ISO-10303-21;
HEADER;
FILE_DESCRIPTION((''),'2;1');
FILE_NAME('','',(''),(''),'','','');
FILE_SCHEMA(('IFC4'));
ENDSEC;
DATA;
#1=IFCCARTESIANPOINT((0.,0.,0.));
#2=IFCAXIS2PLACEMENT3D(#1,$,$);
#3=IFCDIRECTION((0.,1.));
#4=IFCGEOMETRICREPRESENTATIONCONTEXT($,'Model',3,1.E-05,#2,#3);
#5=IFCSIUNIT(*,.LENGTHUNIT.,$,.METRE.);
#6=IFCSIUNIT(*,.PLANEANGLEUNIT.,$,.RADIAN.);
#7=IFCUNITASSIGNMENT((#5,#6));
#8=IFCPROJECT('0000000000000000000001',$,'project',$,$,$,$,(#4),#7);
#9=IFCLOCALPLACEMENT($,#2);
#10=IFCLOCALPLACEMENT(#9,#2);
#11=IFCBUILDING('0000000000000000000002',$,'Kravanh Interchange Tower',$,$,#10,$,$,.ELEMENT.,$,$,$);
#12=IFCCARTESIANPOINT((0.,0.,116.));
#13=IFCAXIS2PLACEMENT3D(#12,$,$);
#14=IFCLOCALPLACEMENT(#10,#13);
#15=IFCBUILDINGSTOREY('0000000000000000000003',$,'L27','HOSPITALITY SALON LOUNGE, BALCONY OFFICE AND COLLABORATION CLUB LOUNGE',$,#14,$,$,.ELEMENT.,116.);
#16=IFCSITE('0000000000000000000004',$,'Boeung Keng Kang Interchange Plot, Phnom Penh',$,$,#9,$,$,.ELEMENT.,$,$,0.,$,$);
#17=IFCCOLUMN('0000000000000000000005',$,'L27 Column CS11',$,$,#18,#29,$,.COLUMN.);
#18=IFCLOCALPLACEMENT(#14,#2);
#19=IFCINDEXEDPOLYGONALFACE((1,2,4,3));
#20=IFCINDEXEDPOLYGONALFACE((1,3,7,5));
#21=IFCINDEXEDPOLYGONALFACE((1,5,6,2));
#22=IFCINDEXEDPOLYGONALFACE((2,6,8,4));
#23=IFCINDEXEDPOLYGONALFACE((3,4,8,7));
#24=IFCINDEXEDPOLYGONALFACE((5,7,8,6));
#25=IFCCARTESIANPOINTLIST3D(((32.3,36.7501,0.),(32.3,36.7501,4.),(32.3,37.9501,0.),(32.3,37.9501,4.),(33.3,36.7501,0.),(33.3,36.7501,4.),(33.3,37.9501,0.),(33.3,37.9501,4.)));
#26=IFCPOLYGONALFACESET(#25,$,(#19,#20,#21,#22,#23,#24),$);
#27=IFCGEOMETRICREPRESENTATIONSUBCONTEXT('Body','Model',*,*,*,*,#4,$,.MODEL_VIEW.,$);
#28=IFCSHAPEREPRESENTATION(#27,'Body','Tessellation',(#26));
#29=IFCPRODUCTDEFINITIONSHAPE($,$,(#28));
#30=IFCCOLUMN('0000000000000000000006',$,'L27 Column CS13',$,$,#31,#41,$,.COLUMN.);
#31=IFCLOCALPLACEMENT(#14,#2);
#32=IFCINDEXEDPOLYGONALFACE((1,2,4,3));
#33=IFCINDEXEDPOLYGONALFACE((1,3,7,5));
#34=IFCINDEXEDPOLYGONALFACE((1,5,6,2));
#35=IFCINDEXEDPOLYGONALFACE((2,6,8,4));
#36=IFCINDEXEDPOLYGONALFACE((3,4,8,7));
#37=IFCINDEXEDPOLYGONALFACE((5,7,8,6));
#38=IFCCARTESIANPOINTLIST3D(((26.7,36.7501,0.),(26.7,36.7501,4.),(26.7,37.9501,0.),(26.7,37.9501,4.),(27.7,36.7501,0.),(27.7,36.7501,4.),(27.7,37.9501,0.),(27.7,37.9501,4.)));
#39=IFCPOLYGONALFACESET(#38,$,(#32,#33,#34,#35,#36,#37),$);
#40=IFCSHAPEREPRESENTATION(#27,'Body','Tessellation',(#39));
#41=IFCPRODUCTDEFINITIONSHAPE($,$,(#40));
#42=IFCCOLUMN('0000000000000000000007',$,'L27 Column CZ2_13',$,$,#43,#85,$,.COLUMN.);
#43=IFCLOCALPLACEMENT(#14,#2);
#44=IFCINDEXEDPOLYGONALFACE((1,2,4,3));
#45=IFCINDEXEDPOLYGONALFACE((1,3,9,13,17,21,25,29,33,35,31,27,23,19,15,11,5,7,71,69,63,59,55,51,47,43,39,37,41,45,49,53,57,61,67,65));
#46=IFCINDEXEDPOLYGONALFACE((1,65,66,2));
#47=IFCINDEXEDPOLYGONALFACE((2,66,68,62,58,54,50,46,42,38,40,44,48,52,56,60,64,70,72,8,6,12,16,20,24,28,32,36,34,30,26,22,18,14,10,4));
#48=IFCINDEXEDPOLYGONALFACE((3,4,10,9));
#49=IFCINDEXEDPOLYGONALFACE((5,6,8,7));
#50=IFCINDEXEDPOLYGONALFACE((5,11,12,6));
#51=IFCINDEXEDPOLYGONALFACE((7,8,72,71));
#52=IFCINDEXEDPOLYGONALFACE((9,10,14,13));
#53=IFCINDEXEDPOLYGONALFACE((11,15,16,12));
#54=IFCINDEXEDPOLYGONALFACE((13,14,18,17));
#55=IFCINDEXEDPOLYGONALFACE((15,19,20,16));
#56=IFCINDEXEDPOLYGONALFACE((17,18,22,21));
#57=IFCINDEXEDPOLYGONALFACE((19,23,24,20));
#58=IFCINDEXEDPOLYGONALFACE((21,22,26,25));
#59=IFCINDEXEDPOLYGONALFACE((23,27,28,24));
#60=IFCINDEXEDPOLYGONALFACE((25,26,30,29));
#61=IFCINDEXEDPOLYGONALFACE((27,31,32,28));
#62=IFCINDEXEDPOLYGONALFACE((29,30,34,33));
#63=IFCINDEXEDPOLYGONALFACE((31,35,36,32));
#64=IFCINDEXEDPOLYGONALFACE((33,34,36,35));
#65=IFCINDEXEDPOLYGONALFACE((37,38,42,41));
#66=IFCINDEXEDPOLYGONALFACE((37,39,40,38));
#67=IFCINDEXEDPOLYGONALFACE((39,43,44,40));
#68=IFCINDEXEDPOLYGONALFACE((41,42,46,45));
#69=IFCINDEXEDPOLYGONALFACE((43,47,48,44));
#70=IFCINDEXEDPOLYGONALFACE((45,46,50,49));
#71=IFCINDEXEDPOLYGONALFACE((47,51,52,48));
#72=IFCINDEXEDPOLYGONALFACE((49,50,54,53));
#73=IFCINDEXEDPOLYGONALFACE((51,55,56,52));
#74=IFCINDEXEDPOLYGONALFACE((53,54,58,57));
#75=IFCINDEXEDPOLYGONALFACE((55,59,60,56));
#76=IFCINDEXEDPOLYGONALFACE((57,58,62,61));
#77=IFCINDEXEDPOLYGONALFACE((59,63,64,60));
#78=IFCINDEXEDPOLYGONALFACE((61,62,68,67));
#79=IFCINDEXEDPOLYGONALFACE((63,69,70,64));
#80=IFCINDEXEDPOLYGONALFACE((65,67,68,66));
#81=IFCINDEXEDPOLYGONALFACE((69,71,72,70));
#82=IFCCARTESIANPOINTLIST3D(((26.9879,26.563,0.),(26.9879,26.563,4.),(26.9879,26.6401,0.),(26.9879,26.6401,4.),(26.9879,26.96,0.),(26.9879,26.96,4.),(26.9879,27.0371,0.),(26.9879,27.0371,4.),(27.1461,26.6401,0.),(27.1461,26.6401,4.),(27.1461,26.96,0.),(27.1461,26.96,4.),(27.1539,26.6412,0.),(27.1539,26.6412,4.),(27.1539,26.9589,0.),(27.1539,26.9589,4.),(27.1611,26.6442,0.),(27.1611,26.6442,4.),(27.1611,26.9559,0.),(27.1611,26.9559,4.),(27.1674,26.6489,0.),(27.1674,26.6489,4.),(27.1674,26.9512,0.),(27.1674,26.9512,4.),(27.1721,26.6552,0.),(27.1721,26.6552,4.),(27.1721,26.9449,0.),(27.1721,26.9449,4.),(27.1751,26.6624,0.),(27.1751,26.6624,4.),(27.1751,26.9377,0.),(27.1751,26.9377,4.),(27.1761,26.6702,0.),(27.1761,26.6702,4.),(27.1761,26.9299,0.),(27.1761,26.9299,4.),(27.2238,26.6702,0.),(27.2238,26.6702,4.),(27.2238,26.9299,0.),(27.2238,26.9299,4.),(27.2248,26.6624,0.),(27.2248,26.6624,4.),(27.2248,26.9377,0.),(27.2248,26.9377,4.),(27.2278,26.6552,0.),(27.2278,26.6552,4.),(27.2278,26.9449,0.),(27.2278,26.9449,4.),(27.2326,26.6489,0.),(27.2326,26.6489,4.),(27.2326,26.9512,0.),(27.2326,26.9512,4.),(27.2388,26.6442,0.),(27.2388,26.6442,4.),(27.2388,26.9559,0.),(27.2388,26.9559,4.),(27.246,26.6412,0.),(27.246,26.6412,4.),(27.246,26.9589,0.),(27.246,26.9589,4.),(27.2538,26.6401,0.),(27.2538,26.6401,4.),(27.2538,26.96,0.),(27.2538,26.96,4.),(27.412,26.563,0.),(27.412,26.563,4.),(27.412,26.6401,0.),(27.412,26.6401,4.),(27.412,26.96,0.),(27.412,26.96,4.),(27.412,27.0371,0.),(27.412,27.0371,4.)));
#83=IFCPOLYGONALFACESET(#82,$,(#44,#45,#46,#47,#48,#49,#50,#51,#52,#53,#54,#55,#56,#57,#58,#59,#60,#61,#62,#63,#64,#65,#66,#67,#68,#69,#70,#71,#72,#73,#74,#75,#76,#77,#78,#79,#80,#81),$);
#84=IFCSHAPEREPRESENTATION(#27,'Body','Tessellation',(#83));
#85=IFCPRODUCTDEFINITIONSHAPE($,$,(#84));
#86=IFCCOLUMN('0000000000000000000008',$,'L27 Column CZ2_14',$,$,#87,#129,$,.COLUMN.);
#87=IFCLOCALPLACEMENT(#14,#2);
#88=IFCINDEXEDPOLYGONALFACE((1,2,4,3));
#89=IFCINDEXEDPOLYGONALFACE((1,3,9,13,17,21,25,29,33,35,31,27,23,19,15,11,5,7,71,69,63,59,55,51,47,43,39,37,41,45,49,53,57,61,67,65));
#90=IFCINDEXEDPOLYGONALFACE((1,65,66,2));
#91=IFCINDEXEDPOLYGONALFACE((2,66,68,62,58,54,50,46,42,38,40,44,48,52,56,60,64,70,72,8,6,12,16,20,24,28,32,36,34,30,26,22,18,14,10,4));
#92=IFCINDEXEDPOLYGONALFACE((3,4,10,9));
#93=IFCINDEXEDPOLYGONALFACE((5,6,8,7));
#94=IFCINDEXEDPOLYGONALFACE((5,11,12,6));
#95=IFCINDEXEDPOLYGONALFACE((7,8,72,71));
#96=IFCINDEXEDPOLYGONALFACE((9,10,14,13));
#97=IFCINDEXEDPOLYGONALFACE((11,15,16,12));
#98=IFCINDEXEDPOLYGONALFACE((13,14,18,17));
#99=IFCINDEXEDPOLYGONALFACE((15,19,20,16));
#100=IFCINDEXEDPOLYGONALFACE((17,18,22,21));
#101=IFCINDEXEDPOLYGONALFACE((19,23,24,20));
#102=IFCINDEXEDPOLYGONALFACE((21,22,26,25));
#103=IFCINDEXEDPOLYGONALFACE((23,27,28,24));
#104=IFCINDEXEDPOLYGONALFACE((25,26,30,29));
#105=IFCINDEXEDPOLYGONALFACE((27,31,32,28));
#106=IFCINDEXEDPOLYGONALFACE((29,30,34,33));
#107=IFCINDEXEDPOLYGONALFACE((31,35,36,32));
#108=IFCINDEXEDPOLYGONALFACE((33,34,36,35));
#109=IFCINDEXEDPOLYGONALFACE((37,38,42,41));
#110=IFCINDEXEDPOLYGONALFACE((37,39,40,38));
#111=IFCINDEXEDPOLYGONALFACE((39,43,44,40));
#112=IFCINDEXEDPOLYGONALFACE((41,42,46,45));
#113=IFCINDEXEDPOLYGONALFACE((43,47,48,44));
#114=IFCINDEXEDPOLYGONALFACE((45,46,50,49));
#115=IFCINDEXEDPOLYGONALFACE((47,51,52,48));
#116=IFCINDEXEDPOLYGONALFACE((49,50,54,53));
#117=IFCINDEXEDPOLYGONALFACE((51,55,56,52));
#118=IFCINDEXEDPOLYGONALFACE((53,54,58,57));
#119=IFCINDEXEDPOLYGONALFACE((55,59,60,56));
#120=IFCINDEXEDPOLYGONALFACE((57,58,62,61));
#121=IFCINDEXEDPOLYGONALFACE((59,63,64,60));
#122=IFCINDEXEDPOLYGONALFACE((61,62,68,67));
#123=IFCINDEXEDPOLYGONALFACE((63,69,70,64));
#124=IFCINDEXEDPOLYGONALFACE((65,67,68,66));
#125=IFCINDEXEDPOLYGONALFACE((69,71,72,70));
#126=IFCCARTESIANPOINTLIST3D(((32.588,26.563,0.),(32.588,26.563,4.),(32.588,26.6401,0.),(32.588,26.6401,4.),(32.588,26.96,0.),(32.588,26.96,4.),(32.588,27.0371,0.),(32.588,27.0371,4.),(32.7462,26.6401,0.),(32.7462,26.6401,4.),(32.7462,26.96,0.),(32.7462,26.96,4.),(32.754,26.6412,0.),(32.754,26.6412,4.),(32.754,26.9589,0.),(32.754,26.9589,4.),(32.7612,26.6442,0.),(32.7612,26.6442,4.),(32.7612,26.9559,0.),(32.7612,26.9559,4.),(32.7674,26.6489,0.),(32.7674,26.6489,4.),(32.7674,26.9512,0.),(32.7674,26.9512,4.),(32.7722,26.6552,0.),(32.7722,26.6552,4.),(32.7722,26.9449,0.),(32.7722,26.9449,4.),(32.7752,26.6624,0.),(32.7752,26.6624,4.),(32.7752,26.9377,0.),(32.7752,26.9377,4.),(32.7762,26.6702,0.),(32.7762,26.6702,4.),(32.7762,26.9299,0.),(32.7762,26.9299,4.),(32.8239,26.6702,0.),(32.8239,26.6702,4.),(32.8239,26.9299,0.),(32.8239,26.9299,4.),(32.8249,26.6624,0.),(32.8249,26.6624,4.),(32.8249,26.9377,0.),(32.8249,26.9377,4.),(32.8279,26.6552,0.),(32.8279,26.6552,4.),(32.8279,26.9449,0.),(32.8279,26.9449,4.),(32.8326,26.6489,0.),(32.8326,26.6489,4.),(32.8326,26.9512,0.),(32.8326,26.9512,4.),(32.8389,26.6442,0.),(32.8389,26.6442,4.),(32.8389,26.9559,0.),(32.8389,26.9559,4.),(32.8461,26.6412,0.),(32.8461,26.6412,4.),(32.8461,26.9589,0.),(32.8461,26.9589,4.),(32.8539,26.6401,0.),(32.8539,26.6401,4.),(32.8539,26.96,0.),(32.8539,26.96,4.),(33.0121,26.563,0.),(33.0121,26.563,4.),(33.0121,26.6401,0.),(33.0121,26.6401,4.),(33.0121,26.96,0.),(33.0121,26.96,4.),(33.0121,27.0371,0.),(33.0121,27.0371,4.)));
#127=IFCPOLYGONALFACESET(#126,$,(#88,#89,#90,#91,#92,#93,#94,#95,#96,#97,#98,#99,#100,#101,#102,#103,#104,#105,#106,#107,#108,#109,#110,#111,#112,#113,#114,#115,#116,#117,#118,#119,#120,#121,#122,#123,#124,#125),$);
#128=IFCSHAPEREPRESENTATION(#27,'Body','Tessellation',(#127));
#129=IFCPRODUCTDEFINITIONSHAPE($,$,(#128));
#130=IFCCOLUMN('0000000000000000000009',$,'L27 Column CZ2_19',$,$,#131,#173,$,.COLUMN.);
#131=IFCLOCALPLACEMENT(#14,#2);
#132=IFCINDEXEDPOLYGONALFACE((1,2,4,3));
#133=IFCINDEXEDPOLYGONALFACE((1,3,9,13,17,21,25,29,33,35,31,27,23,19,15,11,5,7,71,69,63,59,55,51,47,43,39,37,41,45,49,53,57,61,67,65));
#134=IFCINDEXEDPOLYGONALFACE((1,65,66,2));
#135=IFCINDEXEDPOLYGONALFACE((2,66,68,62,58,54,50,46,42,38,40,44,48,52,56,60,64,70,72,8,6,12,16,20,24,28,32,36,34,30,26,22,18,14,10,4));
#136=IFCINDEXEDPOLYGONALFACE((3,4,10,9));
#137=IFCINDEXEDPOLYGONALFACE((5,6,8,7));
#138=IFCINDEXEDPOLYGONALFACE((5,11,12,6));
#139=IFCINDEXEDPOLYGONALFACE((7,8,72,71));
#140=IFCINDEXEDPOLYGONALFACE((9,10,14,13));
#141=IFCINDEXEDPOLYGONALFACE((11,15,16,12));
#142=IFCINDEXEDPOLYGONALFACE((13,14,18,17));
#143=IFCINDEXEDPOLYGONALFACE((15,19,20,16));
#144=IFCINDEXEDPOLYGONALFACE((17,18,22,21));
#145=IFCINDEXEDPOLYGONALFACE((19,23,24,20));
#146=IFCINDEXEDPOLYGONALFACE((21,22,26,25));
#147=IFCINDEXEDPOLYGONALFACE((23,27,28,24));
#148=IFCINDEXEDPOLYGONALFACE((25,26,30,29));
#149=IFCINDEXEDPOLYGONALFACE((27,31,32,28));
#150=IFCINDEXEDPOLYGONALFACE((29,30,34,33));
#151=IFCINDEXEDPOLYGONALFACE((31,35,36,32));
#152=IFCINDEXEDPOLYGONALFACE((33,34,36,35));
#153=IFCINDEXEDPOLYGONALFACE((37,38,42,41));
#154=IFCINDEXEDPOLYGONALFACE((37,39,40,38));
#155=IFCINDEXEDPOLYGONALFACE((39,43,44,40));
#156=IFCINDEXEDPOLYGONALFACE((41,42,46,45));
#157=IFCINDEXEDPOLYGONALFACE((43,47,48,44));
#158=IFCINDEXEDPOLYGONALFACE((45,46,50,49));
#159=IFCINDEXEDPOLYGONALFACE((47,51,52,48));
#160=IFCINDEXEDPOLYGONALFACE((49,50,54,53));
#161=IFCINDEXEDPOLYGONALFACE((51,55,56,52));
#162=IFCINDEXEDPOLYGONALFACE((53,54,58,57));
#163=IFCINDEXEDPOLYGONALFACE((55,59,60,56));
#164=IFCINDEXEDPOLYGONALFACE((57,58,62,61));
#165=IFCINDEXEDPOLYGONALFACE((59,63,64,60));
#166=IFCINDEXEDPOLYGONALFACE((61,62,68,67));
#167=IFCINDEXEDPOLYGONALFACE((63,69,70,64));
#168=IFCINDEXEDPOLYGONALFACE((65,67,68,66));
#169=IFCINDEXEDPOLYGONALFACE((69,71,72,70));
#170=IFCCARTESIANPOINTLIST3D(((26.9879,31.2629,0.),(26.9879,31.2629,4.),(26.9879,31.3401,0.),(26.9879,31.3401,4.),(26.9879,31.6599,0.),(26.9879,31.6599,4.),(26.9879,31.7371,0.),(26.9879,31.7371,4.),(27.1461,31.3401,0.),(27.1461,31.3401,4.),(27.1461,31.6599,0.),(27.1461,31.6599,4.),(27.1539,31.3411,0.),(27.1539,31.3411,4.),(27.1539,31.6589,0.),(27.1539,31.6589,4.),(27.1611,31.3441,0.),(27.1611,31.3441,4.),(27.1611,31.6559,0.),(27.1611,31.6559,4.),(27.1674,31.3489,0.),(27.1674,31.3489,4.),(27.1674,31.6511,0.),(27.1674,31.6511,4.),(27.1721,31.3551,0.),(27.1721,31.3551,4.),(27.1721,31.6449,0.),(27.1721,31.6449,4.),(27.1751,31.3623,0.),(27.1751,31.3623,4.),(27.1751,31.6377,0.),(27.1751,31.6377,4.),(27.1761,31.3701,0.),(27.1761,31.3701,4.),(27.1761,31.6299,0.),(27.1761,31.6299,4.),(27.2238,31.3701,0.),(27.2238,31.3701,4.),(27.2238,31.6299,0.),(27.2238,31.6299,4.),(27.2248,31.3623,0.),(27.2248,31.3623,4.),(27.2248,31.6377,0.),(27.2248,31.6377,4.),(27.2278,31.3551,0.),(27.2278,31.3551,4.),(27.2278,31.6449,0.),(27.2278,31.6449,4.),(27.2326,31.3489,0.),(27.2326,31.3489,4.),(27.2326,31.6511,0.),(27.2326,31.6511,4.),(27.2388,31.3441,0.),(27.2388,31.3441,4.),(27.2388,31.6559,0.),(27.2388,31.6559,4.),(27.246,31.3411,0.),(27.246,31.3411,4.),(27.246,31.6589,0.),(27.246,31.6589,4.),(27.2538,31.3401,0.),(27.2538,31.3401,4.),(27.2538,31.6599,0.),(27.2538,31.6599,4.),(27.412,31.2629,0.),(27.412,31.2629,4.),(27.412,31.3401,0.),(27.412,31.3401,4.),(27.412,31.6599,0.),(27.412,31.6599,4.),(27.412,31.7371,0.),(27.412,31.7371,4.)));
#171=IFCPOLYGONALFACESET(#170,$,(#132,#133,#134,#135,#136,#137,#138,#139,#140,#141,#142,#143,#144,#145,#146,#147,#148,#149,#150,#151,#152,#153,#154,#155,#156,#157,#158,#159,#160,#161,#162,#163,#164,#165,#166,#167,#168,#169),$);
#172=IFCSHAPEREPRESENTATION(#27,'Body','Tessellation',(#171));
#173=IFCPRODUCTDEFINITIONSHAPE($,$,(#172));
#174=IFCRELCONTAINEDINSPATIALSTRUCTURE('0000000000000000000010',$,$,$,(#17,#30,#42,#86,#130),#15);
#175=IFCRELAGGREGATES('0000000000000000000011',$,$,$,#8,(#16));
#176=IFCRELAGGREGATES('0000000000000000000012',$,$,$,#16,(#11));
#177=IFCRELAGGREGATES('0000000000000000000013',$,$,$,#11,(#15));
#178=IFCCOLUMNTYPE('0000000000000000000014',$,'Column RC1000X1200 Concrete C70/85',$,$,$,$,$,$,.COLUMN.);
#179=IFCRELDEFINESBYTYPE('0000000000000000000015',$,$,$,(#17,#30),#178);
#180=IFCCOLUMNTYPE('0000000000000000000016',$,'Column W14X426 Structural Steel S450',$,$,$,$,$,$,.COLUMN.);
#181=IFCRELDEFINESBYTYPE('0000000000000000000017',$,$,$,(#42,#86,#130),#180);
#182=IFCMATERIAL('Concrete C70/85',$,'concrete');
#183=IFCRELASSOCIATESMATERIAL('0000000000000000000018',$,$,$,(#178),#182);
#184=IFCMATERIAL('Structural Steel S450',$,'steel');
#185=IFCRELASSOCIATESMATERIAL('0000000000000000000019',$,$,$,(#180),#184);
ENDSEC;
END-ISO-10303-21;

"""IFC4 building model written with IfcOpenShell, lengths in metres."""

from ifc_helpers import new_model, si_unit, direction, frame, origin, origin_2d, place, context, subcontext, project, spatial, rectangle, i_section, extrude, material, material_profile, profile_set, type_object, element, save


model = new_model("IFC4")

# Units and contexts
model_context = context("Model", 3, precision=1e-05, world=origin(), true_north=direction((0.0, 1.0)))
body_context = subcontext(model_context, "Body", "Model", "MODEL_VIEW")
ifc_project = project(units=[si_unit("LENGTHUNIT", "METRE"), si_unit("PLANEANGLEUNIT", "RADIAN")], contexts=[model_context])

# Site, building, storey
site_placement = place(None, origin())
site = spatial("IfcSite", under=ifc_project, at=site_placement, Name="Boeung Keng Kang Interchange Plot, Phnom Penh", CompositionType="ELEMENT", RefElevation=0.0)
building_placement = place(site_placement, origin())
building = spatial("IfcBuilding", under=site, at=building_placement, Name="Kravanh Interchange Tower", CompositionType="ELEMENT")
storey_placement = place(building_placement, frame((0.0, 0.0, 116.0)))
storey = spatial("IfcBuildingStorey", under=building, at=storey_placement, Name="L27", Description="HOSPITALITY SALON LOUNGE, BALCONY OFFICE AND COLLABORATION CLUB LOUNGE", CompositionType="ELEMENT", Elevation=116.0)

# Columns
ifc_material_1 = material(Name="Concrete C70/85", Category="concrete")
ifc_material_profile_1 = material_profile(ifc_material_1, rectangle(XDim=1.0, YDim=1.2, at=origin_2d()), Name="RC1000X1200")
ifc_profile_set_1 = profile_set([ifc_material_profile_1], Name="Concrete C70/85")
column_type_1 = type_object("IfcColumnType", Name="Column RC1000X1200 Concrete C70/85", PredefinedType="COLUMN", material=ifc_profile_set_1)
for number, where, z_axis, x_axis, name in (
    (1, (32.8, 37.3501, 0.0), (0.0, 0.0, 1.0), (1.0, 0.0, 0.0), "L27 Column CS11"),
    (2, (27.2, 37.3501, 0.0), (0.0, 0.0, 1.0), (1.0, 0.0, 0.0), "L27 Column CS13"),
):
    element("IfcColumn", number, at=place(storey_placement, frame(where, z_axis=z_axis, x_axis=x_axis)), inside=storey, type_object=column_type_1, Name=name, PredefinedType="COLUMN", context=body_context, shape_type="SweptSolid", body=[
        extrude(rectangle(XDim=1.0, YDim=1.2, at=origin_2d()), origin(), (0.0, 0.0, 1.0), 4.0),
    ])
ifc_material_2 = material(Name="Structural Steel S450", Category="steel")
ifc_material_profile_2 = material_profile(ifc_material_2, i_section(OverallWidth=0.4241, OverallDepth=0.4741, WebThickness=0.0476, FlangeThickness=0.0771, FilletRadius=0.03, at=origin_2d()), Name="W14X426")
ifc_profile_set_2 = profile_set([ifc_material_profile_2], Name="Structural Steel S450")
column_type_2 = type_object("IfcColumnType", Name="Column W14X426 Structural Steel S450", PredefinedType="COLUMN", material=ifc_profile_set_2)
for number, where, z_axis, x_axis, name in (
    (3, (27.2, 26.8, 0.0), (0.0, 0.0, 1.0), (1.0, 0.0, 0.0), "L27 Column CZ2_13"),
    (4, (32.8, 26.8, 0.0), (0.0, 0.0, 1.0), (1.0, 0.0, 0.0), "L27 Column CZ2_14"),
    (5, (27.2, 31.5, 0.0), (0.0, 0.0, 1.0), (1.0, 0.0, 0.0), "L27 Column CZ2_19"),
):
    element("IfcColumn", number, at=place(storey_placement, frame(where, z_axis=z_axis, x_axis=x_axis)), inside=storey, type_object=column_type_2, Name=name, PredefinedType="COLUMN", context=body_context, shape_type="SweptSolid", body=[
        extrude(i_section(OverallWidth=0.4241, OverallDepth=0.4741, WebThickness=0.0476, FlangeThickness=0.0771, FilletRadius=0.03, at=origin_2d()), origin(), (0.0, 0.0, 1.0), 4.0),
    ])

save(model, "model.ifc")
